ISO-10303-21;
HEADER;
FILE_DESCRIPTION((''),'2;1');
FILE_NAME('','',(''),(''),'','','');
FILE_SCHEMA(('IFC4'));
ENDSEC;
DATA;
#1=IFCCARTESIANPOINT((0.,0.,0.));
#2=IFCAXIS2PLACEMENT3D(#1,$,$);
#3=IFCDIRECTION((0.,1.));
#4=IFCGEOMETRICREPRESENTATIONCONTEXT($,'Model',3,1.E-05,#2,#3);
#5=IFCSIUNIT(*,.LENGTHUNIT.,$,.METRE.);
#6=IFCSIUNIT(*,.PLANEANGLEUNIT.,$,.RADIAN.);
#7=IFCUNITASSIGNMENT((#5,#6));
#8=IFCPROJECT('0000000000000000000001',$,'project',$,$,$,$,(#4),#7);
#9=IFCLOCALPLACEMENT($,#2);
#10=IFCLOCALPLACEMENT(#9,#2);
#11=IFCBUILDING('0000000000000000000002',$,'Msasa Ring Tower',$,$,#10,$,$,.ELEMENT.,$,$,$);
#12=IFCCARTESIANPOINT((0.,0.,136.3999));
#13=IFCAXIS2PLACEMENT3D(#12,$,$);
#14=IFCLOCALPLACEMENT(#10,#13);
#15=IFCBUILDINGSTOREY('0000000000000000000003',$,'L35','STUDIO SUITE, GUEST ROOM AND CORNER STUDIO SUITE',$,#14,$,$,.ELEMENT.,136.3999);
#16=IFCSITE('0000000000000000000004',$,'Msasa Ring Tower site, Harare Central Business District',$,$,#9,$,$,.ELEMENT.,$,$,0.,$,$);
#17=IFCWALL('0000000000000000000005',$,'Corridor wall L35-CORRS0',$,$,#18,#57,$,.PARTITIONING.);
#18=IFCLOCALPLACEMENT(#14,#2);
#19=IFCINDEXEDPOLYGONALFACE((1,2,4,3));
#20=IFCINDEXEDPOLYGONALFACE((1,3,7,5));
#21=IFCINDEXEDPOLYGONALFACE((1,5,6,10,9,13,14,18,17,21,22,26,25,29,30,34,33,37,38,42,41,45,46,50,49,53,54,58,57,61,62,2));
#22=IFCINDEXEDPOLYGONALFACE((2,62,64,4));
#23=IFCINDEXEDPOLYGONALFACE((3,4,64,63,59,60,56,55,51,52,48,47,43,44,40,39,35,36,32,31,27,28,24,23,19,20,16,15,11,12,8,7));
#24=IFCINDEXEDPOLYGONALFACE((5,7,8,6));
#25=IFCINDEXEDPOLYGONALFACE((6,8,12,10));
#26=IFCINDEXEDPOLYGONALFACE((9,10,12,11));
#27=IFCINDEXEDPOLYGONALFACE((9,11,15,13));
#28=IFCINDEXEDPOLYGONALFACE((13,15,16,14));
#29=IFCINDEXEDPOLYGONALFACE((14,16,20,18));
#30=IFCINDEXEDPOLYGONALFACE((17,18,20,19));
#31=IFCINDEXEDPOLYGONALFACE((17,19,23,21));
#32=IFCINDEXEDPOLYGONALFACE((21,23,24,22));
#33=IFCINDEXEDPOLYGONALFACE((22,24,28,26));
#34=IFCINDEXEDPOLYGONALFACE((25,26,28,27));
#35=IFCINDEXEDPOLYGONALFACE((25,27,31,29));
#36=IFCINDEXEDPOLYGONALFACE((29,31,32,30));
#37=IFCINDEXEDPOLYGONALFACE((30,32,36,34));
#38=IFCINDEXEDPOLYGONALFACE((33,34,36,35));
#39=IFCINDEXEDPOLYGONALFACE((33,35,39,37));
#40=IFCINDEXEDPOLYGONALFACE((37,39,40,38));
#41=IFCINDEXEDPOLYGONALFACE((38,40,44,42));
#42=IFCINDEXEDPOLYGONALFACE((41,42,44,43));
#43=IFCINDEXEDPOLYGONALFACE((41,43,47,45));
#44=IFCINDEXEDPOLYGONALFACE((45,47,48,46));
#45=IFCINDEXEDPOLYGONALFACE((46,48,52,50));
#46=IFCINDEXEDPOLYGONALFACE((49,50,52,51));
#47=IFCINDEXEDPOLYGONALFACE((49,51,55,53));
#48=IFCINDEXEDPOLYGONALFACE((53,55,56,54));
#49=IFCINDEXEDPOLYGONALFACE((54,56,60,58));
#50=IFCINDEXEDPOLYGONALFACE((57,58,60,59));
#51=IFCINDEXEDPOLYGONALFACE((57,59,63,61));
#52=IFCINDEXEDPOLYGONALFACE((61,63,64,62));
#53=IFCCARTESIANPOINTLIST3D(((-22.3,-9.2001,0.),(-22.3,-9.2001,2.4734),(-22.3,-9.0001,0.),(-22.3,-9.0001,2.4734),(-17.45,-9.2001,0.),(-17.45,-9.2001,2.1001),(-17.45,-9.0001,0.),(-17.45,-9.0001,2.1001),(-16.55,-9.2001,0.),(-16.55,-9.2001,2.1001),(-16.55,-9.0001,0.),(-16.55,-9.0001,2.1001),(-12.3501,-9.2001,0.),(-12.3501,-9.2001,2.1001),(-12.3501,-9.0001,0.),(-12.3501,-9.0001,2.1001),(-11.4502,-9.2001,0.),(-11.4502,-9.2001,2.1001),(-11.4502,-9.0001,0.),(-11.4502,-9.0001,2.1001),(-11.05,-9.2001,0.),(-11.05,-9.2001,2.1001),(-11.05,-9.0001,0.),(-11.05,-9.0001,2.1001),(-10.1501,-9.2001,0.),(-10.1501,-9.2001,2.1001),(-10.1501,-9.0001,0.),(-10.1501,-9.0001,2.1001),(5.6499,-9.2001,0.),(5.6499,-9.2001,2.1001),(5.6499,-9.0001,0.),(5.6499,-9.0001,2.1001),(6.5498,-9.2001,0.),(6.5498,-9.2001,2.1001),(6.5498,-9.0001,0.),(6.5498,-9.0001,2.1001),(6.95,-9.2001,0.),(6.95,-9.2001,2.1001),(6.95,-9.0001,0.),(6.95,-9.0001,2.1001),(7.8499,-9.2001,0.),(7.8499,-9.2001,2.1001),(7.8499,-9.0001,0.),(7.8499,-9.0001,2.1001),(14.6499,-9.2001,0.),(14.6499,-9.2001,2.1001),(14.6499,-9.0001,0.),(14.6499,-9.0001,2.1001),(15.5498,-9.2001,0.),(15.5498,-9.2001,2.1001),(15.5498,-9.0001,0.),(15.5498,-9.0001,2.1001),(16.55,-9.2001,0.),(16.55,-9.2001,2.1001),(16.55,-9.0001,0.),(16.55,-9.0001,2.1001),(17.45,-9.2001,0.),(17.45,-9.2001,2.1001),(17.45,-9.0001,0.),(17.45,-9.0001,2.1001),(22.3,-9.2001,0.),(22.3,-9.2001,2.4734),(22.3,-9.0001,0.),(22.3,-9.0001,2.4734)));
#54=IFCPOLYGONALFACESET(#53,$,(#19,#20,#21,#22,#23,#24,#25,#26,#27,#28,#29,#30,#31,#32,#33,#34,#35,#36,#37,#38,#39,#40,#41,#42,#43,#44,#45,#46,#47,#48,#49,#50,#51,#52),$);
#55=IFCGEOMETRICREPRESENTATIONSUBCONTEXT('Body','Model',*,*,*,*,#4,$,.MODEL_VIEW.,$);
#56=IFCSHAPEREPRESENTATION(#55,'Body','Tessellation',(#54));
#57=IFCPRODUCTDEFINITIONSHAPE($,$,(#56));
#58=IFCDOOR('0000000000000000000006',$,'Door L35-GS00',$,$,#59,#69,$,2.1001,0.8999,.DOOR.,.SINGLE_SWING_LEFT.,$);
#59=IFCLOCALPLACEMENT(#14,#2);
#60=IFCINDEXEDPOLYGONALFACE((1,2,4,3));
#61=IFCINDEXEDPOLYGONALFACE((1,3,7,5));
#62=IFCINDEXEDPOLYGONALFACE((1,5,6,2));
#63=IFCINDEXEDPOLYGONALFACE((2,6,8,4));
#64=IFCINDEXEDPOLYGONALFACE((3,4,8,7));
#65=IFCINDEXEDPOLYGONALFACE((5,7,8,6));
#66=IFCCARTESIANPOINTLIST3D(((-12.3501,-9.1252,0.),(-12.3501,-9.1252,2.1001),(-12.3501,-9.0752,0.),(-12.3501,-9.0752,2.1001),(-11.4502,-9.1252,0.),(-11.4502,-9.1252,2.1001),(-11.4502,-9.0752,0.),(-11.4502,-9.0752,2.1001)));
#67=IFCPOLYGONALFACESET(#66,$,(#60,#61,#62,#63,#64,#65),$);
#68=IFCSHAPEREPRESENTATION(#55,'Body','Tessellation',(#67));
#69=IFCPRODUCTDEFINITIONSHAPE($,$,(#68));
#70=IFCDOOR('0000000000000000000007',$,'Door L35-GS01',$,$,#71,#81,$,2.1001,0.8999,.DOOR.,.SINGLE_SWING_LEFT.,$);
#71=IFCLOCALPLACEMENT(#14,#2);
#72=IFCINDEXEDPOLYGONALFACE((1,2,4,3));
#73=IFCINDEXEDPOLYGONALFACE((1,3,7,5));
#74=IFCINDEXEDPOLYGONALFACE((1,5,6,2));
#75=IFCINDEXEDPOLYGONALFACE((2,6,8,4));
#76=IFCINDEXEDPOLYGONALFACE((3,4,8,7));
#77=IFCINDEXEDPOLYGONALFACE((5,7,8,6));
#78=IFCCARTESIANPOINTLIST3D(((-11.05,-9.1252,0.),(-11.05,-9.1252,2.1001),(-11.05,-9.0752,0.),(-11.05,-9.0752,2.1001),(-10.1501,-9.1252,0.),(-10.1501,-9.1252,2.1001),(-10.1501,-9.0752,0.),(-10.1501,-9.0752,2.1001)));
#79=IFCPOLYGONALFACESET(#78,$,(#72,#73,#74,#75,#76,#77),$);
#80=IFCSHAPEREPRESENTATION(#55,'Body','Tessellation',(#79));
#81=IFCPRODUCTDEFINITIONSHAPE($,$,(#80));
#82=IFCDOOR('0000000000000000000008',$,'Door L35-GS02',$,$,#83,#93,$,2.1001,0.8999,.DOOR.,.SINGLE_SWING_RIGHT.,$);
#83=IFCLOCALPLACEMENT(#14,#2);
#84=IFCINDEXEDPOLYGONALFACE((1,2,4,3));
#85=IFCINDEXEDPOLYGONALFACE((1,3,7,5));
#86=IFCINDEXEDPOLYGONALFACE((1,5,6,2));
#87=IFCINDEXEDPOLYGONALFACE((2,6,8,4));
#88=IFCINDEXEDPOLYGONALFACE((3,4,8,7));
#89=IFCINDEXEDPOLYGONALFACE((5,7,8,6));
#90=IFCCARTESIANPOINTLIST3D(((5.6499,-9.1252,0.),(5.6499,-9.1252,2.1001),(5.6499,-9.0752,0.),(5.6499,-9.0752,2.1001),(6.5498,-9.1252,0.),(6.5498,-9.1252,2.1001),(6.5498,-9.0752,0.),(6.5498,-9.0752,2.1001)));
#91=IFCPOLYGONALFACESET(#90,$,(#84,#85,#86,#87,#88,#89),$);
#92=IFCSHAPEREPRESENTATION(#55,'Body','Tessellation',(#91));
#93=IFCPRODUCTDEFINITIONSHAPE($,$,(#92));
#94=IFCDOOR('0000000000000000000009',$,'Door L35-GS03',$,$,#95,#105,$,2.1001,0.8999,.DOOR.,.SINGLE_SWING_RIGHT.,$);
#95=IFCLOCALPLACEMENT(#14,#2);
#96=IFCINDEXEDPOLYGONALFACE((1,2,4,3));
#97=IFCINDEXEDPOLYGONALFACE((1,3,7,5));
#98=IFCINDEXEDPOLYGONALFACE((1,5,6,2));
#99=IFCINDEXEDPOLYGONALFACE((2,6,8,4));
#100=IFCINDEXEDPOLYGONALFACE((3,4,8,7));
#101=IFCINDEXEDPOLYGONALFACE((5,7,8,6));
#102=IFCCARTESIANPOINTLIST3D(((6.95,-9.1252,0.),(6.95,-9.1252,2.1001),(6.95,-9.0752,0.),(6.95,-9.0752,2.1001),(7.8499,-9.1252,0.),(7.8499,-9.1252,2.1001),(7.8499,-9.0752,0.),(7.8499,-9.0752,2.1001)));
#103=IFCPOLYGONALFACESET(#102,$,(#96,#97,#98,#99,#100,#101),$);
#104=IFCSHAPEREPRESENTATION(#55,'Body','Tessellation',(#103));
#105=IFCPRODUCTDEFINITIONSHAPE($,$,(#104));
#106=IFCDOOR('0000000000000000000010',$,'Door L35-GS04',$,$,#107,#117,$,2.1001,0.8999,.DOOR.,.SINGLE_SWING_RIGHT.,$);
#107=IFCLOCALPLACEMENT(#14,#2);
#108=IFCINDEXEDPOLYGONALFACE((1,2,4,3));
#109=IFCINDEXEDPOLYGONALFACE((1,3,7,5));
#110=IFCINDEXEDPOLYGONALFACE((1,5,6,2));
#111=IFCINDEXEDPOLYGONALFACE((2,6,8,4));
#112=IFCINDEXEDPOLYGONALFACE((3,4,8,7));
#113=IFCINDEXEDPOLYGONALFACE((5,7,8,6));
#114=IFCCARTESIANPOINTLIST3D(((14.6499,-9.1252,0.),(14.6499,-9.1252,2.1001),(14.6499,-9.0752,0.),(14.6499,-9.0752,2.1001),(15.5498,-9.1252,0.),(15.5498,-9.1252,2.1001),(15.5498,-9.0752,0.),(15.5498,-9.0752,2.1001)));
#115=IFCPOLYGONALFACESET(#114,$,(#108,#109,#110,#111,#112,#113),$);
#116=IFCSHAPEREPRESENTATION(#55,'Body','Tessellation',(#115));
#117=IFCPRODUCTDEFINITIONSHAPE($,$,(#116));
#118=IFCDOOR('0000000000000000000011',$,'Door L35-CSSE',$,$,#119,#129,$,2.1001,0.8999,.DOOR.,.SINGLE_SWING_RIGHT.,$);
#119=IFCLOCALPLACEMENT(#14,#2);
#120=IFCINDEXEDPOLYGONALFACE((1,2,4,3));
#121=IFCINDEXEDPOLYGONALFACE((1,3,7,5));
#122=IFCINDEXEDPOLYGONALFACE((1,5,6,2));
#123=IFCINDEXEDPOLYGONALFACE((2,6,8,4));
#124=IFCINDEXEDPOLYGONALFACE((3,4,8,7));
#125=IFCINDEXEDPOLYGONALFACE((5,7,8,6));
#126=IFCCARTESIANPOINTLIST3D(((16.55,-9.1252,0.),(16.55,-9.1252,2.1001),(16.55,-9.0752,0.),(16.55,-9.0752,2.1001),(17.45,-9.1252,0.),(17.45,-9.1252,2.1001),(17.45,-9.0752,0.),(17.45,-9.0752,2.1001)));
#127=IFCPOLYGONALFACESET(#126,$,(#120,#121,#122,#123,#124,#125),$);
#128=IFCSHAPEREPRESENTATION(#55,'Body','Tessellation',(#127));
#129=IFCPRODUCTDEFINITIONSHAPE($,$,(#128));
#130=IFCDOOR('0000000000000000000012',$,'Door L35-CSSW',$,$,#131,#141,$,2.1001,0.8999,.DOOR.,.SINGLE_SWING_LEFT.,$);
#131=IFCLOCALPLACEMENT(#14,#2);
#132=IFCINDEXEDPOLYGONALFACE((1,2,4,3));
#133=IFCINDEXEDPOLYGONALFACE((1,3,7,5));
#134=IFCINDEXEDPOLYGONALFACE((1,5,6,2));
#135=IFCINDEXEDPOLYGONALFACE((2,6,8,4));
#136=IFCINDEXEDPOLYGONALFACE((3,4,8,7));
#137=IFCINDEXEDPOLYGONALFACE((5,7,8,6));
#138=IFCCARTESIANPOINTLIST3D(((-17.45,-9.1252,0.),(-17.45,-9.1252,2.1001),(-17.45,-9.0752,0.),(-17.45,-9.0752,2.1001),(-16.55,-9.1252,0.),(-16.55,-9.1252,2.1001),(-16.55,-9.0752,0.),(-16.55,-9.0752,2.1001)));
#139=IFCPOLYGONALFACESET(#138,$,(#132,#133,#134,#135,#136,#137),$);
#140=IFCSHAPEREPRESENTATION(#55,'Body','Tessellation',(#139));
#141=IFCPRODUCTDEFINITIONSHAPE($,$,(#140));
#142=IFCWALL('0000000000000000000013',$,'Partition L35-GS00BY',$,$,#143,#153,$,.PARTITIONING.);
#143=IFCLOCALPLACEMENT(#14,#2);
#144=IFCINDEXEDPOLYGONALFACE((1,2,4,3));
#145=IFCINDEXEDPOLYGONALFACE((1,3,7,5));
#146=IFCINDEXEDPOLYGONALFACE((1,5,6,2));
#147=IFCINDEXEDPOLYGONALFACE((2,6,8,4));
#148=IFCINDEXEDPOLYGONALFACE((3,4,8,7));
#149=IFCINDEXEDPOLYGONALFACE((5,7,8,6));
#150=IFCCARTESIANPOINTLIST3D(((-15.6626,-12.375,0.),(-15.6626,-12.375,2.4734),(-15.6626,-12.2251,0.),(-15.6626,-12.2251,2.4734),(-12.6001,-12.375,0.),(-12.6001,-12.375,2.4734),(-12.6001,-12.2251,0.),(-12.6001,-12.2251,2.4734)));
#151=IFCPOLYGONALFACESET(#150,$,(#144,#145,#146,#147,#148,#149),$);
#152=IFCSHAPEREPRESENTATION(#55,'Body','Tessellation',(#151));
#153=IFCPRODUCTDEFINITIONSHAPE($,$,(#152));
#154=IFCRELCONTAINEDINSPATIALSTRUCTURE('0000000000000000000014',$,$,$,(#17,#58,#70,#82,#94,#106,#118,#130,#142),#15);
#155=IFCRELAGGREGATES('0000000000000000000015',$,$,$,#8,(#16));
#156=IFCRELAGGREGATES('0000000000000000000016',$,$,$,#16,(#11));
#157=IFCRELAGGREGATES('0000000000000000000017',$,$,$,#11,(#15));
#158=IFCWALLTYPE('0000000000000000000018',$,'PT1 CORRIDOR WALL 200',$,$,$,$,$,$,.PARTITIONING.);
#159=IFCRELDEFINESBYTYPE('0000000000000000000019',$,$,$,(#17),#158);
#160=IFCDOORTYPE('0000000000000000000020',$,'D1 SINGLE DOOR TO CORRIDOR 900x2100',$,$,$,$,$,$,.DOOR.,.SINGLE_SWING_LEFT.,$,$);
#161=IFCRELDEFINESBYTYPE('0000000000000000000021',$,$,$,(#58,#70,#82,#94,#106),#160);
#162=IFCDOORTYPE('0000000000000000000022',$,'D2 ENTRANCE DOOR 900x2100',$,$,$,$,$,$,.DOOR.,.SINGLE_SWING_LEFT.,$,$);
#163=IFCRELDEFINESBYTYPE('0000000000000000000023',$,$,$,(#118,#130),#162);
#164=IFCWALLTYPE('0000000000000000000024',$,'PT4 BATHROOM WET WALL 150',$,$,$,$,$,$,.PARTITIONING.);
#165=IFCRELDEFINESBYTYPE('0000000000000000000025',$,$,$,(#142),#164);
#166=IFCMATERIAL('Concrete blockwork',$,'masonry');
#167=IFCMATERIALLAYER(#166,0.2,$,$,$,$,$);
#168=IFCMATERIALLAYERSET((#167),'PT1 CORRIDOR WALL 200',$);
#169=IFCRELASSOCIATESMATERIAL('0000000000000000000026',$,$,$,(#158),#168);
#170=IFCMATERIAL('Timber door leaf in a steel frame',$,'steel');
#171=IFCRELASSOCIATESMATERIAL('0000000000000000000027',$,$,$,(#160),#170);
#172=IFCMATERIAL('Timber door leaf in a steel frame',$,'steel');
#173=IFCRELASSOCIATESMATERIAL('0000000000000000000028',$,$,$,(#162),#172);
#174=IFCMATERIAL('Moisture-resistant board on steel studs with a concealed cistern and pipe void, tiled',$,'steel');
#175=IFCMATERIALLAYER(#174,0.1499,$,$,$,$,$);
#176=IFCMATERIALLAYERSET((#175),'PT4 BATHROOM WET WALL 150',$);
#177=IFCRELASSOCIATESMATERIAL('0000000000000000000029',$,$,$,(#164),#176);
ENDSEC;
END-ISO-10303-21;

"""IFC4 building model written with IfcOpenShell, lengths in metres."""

from ifc_helpers import new_model, si_unit, direction, frame, frame_2d, origin, place, context, subcontext, project, spatial, rectangle, extrude, material, layer, layer_set, type_object, element, fill, save


model = new_model("IFC4")

# Units and contexts
model_context = context("Model", 3, precision=1e-05, world=origin(), true_north=direction((0.0, 1.0)))
body_context = subcontext(model_context, "Body", "Model", "MODEL_VIEW")
ifc_project = project(units=[si_unit("LENGTHUNIT", "METRE"), si_unit("PLANEANGLEUNIT", "RADIAN")], contexts=[model_context])

# Site, building, storey
site_placement = place(None, origin())
site = spatial("IfcSite", under=ifc_project, at=site_placement, Name="Msasa Ring Tower site, Harare Central Business District", CompositionType="ELEMENT", RefElevation=0.0)
building_placement = place(site_placement, origin())
building = spatial("IfcBuilding", under=site, at=building_placement, Name="Msasa Ring Tower", CompositionType="ELEMENT")
storey_placement = place(building_placement, frame((0.0, 0.0, 136.3999)))
storey = spatial("IfcBuildingStorey", under=building, at=storey_placement, Name="L35", Description="STUDIO SUITE, GUEST ROOM AND CORNER STUDIO SUITE", CompositionType="ELEMENT", Elevation=136.3999)

# Wall, openings, doors
ifc_material_1 = material(Name="Concrete blockwork", Category="masonry")
ifc_layer_1 = layer(ifc_material_1, 0.2)
ifc_layer_set_1 = layer_set([ifc_layer_1], Name="PT1 CORRIDOR WALL 200")
wall_type_1 = type_object("IfcWallType", Name="PT1 CORRIDOR WALL 200", PredefinedType="PARTITIONING", material=ifc_layer_set_1)
wall_1_placement = place(storey_placement, frame((-22.3, -9.1001, 0.0), z_axis=(0.0, 0.0, 1.0), x_axis=(1.0, 0.0, 0.0)))
wall_1 = element("IfcWall", 1, at=wall_1_placement, inside=storey, type_object=wall_type_1, Name="Corridor wall L35-CORRS0", PredefinedType="PARTITIONING", context=body_context, shape_type="SweptSolid", body=[
    extrude(rectangle(XDim=44.6001, YDim=0.2, at=frame_2d((22.3, 0.0))), origin(), (0.0, 0.0, 1.0), 2.4734),
])
opening_1_placement = place(wall_1_placement, frame((9.95, 0.0, 0.0)))
opening_1 = element("IfcOpeningElement", 2, at=opening_1_placement, cuts=wall_1, PredefinedType="OPENING", context=body_context, shape_type="SweptSolid", body=[
    extrude(rectangle(XDim=0.8999, YDim=2.1001, at=frame_2d((0.45, 1.05))), frame((0.0, 0.1099, 0.0), z_axis=(0.0, -1.0, 0.0), x_axis=(1.0, 0.0, 0.0)), (0.0, 0.0, 1.0), 0.22),
])
opening_2_placement = place(wall_1_placement, frame((11.25, 0.0, 0.0)))
opening_2 = element("IfcOpeningElement", 3, at=opening_2_placement, cuts=wall_1, PredefinedType="OPENING", context=body_context, shape_type="SweptSolid", body=[
    extrude(rectangle(XDim=0.8999, YDim=2.1001, at=frame_2d((0.45, 1.05))), frame((0.0, 0.1099, 0.0), z_axis=(0.0, -1.0, 0.0), x_axis=(1.0, 0.0, 0.0)), (0.0, 0.0, 1.0), 0.22),
])
opening_3_placement = place(wall_1_placement, frame((27.95, 0.0, 0.0)))
opening_3 = element("IfcOpeningElement", 4, at=opening_3_placement, cuts=wall_1, PredefinedType="OPENING", context=body_context, shape_type="SweptSolid", body=[
    extrude(rectangle(XDim=0.8999, YDim=2.1001, at=frame_2d((0.45, 1.05))), frame((0.0, 0.1099, 0.0), z_axis=(0.0, -1.0, 0.0), x_axis=(1.0, 0.0, 0.0)), (0.0, 0.0, 1.0), 0.22),
])
opening_4_placement = place(wall_1_placement, frame((29.25, 0.0, 0.0)))
opening_4 = element("IfcOpeningElement", 5, at=opening_4_placement, cuts=wall_1, PredefinedType="OPENING", context=body_context, shape_type="SweptSolid", body=[
    extrude(rectangle(XDim=0.8999, YDim=2.1001, at=frame_2d((0.45, 1.05))), frame((0.0, 0.1099, 0.0), z_axis=(0.0, -1.0, 0.0), x_axis=(1.0, 0.0, 0.0)), (0.0, 0.0, 1.0), 0.22),
])
opening_5_placement = place(wall_1_placement, frame((36.95, 0.0, 0.0)))
opening_5 = element("IfcOpeningElement", 6, at=opening_5_placement, cuts=wall_1, PredefinedType="OPENING", context=body_context, shape_type="SweptSolid", body=[
    extrude(rectangle(XDim=0.8999, YDim=2.1001, at=frame_2d((0.45, 1.05))), frame((0.0, 0.1099, 0.0), z_axis=(0.0, -1.0, 0.0), x_axis=(1.0, 0.0, 0.0)), (0.0, 0.0, 1.0), 0.22),
])
opening_6_placement = place(wall_1_placement, frame((38.8501, 0.0, 0.0)))
opening_6 = element("IfcOpeningElement", 7, at=opening_6_placement, cuts=wall_1, PredefinedType="OPENING", context=body_context, shape_type="SweptSolid", body=[
    extrude(rectangle(XDim=0.8999, YDim=2.1001, at=frame_2d((0.45, 1.05))), frame((0.0, 0.1099, 0.0), z_axis=(0.0, -1.0, 0.0), x_axis=(1.0, 0.0, 0.0)), (0.0, 0.0, 1.0), 0.22),
])
opening_7_placement = place(wall_1_placement, frame((4.8501, 0.0, 0.0)))
opening_7 = element("IfcOpeningElement", 8, at=opening_7_placement, cuts=wall_1, PredefinedType="OPENING", context=body_context, shape_type="SweptSolid", body=[
    extrude(rectangle(XDim=0.8999, YDim=2.1001, at=frame_2d((0.45, 1.05))), frame((0.0, 0.1099, 0.0), z_axis=(0.0, -1.0, 0.0), x_axis=(1.0, 0.0, 0.0)), (0.0, 0.0, 1.0), 0.22),
])
ifc_material_2 = material(Name="Timber door leaf in a steel frame", Category="steel")
door_type_1 = type_object("IfcDoorType", Name="D1 SINGLE DOOR TO CORRIDOR 900x2100", OperationType="SINGLE_SWING_LEFT", PredefinedType="DOOR", material=ifc_material_2)
door_1_placement = place(opening_1_placement, origin())
door_1 = element("IfcDoor", 9, at=door_1_placement, inside=storey, type_object=door_type_1, Name="Door L35-GS00", OperationType="SINGLE_SWING_LEFT", OverallHeight=2.1001, OverallWidth=0.8999, PredefinedType="DOOR", context=body_context, shape_type="SweptSolid", body=[
    extrude(rectangle(XDim=0.8999, YDim=2.1001, at=frame_2d((0.45, 1.05))), frame((0.0, 0.0249, 0.0), z_axis=(0.0, -1.0, 0.0), x_axis=(1.0, 0.0, 0.0)), (0.0, 0.0, 1.0), 0.05),
])
fill(opening_1, door_1)
door_2_placement = place(opening_2_placement, origin())
door_2 = element("IfcDoor", 10, at=door_2_placement, inside=storey, type_object=door_type_1, Name="Door L35-GS01", OperationType="SINGLE_SWING_LEFT", OverallHeight=2.1001, OverallWidth=0.8999, PredefinedType="DOOR", context=body_context, shape_type="SweptSolid", body=[
    extrude(rectangle(XDim=0.8999, YDim=2.1001, at=frame_2d((0.45, 1.05))), frame((0.0, 0.0249, 0.0), z_axis=(0.0, -1.0, 0.0), x_axis=(1.0, 0.0, 0.0)), (0.0, 0.0, 1.0), 0.05),
])
fill(opening_2, door_2)
door_3_placement = place(opening_3_placement, origin())
door_3 = element("IfcDoor", 11, at=door_3_placement, inside=storey, type_object=door_type_1, Name="Door L35-GS02", OperationType="SINGLE_SWING_RIGHT", OverallHeight=2.1001, OverallWidth=0.8999, PredefinedType="DOOR", context=body_context, shape_type="SweptSolid", body=[
    extrude(rectangle(XDim=0.8999, YDim=2.1001, at=frame_2d((0.45, 1.05))), frame((0.0, 0.0249, 0.0), z_axis=(0.0, -1.0, 0.0), x_axis=(1.0, 0.0, 0.0)), (0.0, 0.0, 1.0), 0.05),
])
fill(opening_3, door_3)
door_4_placement = place(opening_4_placement, origin())
door_4 = element("IfcDoor", 12, at=door_4_placement, inside=storey, type_object=door_type_1, Name="Door L35-GS03", OperationType="SINGLE_SWING_RIGHT", OverallHeight=2.1001, OverallWidth=0.8999, PredefinedType="DOOR", context=body_context, shape_type="SweptSolid", body=[
    extrude(rectangle(XDim=0.8999, YDim=2.1001, at=frame_2d((0.45, 1.05))), frame((0.0, 0.0249, 0.0), z_axis=(0.0, -1.0, 0.0), x_axis=(1.0, 0.0, 0.0)), (0.0, 0.0, 1.0), 0.05),
])
fill(opening_4, door_4)
door_5_placement = place(opening_5_placement, origin())
door_5 = element("IfcDoor", 13, at=door_5_placement, inside=storey, type_object=door_type_1, Name="Door L35-GS04", OperationType="SINGLE_SWING_RIGHT", OverallHeight=2.1001, OverallWidth=0.8999, PredefinedType="DOOR", context=body_context, shape_type="SweptSolid", body=[
    extrude(rectangle(XDim=0.8999, YDim=2.1001, at=frame_2d((0.45, 1.05))), frame((0.0, 0.0249, 0.0), z_axis=(0.0, -1.0, 0.0), x_axis=(1.0, 0.0, 0.0)), (0.0, 0.0, 1.0), 0.05),
])
fill(opening_5, door_5)
ifc_material_3 = material(Name="Timber door leaf in a steel frame", Category="steel")
door_type_2 = type_object("IfcDoorType", Name="D2 ENTRANCE DOOR 900x2100", OperationType="SINGLE_SWING_LEFT", PredefinedType="DOOR", material=ifc_material_3)
door_6_placement = place(opening_6_placement, origin())
door_6 = element("IfcDoor", 14, at=door_6_placement, inside=storey, type_object=door_type_2, Name="Door L35-CSSE", OperationType="SINGLE_SWING_RIGHT", OverallHeight=2.1001, OverallWidth=0.8999, PredefinedType="DOOR", context=body_context, shape_type="SweptSolid", body=[
    extrude(rectangle(XDim=0.8999, YDim=2.1001, at=frame_2d((0.45, 1.05))), frame((0.0, 0.0249, 0.0), z_axis=(0.0, -1.0, 0.0), x_axis=(1.0, 0.0, 0.0)), (0.0, 0.0, 1.0), 0.05),
])
fill(opening_6, door_6)
door_7_placement = place(opening_7_placement, origin())
door_7 = element("IfcDoor", 15, at=door_7_placement, inside=storey, type_object=door_type_2, Name="Door L35-CSSW", OperationType="SINGLE_SWING_LEFT", OverallHeight=2.1001, OverallWidth=0.8999, PredefinedType="DOOR", context=body_context, shape_type="SweptSolid", body=[
    extrude(rectangle(XDim=0.8999, YDim=2.1001, at=frame_2d((0.45, 1.05))), frame((0.0, 0.0249, 0.0), z_axis=(0.0, -1.0, 0.0), x_axis=(1.0, 0.0, 0.0)), (0.0, 0.0, 1.0), 0.05),
])
fill(opening_7, door_7)

# Wall
ifc_material_4 = material(Name="Moisture-resistant board on steel studs with a concealed cistern and pipe void, tiled", Category="steel")
ifc_layer_2 = layer(ifc_material_4, 0.1499)
ifc_layer_set_2 = layer_set([ifc_layer_2], Name="PT4 BATHROOM WET WALL 150")
wall_type_2 = type_object("IfcWallType", Name="PT4 BATHROOM WET WALL 150", PredefinedType="PARTITIONING", material=ifc_layer_set_2)
wall_2_placement = place(storey_placement, frame((-15.6626, -12.3, 0.0), z_axis=(0.0, 0.0, 1.0), x_axis=(1.0, 0.0, 0.0)))
element("IfcWall", 16, at=wall_2_placement, inside=storey, type_object=wall_type_2, Name="Partition L35-GS00BY", PredefinedType="PARTITIONING", context=body_context, shape_type="SweptSolid", body=[
    extrude(rectangle(XDim=3.0625, YDim=0.1499, at=frame_2d((1.5312, 0.0))), origin(), (0.0, 0.0, 1.0), 2.4734),
])

save(model, "model.ifc")
